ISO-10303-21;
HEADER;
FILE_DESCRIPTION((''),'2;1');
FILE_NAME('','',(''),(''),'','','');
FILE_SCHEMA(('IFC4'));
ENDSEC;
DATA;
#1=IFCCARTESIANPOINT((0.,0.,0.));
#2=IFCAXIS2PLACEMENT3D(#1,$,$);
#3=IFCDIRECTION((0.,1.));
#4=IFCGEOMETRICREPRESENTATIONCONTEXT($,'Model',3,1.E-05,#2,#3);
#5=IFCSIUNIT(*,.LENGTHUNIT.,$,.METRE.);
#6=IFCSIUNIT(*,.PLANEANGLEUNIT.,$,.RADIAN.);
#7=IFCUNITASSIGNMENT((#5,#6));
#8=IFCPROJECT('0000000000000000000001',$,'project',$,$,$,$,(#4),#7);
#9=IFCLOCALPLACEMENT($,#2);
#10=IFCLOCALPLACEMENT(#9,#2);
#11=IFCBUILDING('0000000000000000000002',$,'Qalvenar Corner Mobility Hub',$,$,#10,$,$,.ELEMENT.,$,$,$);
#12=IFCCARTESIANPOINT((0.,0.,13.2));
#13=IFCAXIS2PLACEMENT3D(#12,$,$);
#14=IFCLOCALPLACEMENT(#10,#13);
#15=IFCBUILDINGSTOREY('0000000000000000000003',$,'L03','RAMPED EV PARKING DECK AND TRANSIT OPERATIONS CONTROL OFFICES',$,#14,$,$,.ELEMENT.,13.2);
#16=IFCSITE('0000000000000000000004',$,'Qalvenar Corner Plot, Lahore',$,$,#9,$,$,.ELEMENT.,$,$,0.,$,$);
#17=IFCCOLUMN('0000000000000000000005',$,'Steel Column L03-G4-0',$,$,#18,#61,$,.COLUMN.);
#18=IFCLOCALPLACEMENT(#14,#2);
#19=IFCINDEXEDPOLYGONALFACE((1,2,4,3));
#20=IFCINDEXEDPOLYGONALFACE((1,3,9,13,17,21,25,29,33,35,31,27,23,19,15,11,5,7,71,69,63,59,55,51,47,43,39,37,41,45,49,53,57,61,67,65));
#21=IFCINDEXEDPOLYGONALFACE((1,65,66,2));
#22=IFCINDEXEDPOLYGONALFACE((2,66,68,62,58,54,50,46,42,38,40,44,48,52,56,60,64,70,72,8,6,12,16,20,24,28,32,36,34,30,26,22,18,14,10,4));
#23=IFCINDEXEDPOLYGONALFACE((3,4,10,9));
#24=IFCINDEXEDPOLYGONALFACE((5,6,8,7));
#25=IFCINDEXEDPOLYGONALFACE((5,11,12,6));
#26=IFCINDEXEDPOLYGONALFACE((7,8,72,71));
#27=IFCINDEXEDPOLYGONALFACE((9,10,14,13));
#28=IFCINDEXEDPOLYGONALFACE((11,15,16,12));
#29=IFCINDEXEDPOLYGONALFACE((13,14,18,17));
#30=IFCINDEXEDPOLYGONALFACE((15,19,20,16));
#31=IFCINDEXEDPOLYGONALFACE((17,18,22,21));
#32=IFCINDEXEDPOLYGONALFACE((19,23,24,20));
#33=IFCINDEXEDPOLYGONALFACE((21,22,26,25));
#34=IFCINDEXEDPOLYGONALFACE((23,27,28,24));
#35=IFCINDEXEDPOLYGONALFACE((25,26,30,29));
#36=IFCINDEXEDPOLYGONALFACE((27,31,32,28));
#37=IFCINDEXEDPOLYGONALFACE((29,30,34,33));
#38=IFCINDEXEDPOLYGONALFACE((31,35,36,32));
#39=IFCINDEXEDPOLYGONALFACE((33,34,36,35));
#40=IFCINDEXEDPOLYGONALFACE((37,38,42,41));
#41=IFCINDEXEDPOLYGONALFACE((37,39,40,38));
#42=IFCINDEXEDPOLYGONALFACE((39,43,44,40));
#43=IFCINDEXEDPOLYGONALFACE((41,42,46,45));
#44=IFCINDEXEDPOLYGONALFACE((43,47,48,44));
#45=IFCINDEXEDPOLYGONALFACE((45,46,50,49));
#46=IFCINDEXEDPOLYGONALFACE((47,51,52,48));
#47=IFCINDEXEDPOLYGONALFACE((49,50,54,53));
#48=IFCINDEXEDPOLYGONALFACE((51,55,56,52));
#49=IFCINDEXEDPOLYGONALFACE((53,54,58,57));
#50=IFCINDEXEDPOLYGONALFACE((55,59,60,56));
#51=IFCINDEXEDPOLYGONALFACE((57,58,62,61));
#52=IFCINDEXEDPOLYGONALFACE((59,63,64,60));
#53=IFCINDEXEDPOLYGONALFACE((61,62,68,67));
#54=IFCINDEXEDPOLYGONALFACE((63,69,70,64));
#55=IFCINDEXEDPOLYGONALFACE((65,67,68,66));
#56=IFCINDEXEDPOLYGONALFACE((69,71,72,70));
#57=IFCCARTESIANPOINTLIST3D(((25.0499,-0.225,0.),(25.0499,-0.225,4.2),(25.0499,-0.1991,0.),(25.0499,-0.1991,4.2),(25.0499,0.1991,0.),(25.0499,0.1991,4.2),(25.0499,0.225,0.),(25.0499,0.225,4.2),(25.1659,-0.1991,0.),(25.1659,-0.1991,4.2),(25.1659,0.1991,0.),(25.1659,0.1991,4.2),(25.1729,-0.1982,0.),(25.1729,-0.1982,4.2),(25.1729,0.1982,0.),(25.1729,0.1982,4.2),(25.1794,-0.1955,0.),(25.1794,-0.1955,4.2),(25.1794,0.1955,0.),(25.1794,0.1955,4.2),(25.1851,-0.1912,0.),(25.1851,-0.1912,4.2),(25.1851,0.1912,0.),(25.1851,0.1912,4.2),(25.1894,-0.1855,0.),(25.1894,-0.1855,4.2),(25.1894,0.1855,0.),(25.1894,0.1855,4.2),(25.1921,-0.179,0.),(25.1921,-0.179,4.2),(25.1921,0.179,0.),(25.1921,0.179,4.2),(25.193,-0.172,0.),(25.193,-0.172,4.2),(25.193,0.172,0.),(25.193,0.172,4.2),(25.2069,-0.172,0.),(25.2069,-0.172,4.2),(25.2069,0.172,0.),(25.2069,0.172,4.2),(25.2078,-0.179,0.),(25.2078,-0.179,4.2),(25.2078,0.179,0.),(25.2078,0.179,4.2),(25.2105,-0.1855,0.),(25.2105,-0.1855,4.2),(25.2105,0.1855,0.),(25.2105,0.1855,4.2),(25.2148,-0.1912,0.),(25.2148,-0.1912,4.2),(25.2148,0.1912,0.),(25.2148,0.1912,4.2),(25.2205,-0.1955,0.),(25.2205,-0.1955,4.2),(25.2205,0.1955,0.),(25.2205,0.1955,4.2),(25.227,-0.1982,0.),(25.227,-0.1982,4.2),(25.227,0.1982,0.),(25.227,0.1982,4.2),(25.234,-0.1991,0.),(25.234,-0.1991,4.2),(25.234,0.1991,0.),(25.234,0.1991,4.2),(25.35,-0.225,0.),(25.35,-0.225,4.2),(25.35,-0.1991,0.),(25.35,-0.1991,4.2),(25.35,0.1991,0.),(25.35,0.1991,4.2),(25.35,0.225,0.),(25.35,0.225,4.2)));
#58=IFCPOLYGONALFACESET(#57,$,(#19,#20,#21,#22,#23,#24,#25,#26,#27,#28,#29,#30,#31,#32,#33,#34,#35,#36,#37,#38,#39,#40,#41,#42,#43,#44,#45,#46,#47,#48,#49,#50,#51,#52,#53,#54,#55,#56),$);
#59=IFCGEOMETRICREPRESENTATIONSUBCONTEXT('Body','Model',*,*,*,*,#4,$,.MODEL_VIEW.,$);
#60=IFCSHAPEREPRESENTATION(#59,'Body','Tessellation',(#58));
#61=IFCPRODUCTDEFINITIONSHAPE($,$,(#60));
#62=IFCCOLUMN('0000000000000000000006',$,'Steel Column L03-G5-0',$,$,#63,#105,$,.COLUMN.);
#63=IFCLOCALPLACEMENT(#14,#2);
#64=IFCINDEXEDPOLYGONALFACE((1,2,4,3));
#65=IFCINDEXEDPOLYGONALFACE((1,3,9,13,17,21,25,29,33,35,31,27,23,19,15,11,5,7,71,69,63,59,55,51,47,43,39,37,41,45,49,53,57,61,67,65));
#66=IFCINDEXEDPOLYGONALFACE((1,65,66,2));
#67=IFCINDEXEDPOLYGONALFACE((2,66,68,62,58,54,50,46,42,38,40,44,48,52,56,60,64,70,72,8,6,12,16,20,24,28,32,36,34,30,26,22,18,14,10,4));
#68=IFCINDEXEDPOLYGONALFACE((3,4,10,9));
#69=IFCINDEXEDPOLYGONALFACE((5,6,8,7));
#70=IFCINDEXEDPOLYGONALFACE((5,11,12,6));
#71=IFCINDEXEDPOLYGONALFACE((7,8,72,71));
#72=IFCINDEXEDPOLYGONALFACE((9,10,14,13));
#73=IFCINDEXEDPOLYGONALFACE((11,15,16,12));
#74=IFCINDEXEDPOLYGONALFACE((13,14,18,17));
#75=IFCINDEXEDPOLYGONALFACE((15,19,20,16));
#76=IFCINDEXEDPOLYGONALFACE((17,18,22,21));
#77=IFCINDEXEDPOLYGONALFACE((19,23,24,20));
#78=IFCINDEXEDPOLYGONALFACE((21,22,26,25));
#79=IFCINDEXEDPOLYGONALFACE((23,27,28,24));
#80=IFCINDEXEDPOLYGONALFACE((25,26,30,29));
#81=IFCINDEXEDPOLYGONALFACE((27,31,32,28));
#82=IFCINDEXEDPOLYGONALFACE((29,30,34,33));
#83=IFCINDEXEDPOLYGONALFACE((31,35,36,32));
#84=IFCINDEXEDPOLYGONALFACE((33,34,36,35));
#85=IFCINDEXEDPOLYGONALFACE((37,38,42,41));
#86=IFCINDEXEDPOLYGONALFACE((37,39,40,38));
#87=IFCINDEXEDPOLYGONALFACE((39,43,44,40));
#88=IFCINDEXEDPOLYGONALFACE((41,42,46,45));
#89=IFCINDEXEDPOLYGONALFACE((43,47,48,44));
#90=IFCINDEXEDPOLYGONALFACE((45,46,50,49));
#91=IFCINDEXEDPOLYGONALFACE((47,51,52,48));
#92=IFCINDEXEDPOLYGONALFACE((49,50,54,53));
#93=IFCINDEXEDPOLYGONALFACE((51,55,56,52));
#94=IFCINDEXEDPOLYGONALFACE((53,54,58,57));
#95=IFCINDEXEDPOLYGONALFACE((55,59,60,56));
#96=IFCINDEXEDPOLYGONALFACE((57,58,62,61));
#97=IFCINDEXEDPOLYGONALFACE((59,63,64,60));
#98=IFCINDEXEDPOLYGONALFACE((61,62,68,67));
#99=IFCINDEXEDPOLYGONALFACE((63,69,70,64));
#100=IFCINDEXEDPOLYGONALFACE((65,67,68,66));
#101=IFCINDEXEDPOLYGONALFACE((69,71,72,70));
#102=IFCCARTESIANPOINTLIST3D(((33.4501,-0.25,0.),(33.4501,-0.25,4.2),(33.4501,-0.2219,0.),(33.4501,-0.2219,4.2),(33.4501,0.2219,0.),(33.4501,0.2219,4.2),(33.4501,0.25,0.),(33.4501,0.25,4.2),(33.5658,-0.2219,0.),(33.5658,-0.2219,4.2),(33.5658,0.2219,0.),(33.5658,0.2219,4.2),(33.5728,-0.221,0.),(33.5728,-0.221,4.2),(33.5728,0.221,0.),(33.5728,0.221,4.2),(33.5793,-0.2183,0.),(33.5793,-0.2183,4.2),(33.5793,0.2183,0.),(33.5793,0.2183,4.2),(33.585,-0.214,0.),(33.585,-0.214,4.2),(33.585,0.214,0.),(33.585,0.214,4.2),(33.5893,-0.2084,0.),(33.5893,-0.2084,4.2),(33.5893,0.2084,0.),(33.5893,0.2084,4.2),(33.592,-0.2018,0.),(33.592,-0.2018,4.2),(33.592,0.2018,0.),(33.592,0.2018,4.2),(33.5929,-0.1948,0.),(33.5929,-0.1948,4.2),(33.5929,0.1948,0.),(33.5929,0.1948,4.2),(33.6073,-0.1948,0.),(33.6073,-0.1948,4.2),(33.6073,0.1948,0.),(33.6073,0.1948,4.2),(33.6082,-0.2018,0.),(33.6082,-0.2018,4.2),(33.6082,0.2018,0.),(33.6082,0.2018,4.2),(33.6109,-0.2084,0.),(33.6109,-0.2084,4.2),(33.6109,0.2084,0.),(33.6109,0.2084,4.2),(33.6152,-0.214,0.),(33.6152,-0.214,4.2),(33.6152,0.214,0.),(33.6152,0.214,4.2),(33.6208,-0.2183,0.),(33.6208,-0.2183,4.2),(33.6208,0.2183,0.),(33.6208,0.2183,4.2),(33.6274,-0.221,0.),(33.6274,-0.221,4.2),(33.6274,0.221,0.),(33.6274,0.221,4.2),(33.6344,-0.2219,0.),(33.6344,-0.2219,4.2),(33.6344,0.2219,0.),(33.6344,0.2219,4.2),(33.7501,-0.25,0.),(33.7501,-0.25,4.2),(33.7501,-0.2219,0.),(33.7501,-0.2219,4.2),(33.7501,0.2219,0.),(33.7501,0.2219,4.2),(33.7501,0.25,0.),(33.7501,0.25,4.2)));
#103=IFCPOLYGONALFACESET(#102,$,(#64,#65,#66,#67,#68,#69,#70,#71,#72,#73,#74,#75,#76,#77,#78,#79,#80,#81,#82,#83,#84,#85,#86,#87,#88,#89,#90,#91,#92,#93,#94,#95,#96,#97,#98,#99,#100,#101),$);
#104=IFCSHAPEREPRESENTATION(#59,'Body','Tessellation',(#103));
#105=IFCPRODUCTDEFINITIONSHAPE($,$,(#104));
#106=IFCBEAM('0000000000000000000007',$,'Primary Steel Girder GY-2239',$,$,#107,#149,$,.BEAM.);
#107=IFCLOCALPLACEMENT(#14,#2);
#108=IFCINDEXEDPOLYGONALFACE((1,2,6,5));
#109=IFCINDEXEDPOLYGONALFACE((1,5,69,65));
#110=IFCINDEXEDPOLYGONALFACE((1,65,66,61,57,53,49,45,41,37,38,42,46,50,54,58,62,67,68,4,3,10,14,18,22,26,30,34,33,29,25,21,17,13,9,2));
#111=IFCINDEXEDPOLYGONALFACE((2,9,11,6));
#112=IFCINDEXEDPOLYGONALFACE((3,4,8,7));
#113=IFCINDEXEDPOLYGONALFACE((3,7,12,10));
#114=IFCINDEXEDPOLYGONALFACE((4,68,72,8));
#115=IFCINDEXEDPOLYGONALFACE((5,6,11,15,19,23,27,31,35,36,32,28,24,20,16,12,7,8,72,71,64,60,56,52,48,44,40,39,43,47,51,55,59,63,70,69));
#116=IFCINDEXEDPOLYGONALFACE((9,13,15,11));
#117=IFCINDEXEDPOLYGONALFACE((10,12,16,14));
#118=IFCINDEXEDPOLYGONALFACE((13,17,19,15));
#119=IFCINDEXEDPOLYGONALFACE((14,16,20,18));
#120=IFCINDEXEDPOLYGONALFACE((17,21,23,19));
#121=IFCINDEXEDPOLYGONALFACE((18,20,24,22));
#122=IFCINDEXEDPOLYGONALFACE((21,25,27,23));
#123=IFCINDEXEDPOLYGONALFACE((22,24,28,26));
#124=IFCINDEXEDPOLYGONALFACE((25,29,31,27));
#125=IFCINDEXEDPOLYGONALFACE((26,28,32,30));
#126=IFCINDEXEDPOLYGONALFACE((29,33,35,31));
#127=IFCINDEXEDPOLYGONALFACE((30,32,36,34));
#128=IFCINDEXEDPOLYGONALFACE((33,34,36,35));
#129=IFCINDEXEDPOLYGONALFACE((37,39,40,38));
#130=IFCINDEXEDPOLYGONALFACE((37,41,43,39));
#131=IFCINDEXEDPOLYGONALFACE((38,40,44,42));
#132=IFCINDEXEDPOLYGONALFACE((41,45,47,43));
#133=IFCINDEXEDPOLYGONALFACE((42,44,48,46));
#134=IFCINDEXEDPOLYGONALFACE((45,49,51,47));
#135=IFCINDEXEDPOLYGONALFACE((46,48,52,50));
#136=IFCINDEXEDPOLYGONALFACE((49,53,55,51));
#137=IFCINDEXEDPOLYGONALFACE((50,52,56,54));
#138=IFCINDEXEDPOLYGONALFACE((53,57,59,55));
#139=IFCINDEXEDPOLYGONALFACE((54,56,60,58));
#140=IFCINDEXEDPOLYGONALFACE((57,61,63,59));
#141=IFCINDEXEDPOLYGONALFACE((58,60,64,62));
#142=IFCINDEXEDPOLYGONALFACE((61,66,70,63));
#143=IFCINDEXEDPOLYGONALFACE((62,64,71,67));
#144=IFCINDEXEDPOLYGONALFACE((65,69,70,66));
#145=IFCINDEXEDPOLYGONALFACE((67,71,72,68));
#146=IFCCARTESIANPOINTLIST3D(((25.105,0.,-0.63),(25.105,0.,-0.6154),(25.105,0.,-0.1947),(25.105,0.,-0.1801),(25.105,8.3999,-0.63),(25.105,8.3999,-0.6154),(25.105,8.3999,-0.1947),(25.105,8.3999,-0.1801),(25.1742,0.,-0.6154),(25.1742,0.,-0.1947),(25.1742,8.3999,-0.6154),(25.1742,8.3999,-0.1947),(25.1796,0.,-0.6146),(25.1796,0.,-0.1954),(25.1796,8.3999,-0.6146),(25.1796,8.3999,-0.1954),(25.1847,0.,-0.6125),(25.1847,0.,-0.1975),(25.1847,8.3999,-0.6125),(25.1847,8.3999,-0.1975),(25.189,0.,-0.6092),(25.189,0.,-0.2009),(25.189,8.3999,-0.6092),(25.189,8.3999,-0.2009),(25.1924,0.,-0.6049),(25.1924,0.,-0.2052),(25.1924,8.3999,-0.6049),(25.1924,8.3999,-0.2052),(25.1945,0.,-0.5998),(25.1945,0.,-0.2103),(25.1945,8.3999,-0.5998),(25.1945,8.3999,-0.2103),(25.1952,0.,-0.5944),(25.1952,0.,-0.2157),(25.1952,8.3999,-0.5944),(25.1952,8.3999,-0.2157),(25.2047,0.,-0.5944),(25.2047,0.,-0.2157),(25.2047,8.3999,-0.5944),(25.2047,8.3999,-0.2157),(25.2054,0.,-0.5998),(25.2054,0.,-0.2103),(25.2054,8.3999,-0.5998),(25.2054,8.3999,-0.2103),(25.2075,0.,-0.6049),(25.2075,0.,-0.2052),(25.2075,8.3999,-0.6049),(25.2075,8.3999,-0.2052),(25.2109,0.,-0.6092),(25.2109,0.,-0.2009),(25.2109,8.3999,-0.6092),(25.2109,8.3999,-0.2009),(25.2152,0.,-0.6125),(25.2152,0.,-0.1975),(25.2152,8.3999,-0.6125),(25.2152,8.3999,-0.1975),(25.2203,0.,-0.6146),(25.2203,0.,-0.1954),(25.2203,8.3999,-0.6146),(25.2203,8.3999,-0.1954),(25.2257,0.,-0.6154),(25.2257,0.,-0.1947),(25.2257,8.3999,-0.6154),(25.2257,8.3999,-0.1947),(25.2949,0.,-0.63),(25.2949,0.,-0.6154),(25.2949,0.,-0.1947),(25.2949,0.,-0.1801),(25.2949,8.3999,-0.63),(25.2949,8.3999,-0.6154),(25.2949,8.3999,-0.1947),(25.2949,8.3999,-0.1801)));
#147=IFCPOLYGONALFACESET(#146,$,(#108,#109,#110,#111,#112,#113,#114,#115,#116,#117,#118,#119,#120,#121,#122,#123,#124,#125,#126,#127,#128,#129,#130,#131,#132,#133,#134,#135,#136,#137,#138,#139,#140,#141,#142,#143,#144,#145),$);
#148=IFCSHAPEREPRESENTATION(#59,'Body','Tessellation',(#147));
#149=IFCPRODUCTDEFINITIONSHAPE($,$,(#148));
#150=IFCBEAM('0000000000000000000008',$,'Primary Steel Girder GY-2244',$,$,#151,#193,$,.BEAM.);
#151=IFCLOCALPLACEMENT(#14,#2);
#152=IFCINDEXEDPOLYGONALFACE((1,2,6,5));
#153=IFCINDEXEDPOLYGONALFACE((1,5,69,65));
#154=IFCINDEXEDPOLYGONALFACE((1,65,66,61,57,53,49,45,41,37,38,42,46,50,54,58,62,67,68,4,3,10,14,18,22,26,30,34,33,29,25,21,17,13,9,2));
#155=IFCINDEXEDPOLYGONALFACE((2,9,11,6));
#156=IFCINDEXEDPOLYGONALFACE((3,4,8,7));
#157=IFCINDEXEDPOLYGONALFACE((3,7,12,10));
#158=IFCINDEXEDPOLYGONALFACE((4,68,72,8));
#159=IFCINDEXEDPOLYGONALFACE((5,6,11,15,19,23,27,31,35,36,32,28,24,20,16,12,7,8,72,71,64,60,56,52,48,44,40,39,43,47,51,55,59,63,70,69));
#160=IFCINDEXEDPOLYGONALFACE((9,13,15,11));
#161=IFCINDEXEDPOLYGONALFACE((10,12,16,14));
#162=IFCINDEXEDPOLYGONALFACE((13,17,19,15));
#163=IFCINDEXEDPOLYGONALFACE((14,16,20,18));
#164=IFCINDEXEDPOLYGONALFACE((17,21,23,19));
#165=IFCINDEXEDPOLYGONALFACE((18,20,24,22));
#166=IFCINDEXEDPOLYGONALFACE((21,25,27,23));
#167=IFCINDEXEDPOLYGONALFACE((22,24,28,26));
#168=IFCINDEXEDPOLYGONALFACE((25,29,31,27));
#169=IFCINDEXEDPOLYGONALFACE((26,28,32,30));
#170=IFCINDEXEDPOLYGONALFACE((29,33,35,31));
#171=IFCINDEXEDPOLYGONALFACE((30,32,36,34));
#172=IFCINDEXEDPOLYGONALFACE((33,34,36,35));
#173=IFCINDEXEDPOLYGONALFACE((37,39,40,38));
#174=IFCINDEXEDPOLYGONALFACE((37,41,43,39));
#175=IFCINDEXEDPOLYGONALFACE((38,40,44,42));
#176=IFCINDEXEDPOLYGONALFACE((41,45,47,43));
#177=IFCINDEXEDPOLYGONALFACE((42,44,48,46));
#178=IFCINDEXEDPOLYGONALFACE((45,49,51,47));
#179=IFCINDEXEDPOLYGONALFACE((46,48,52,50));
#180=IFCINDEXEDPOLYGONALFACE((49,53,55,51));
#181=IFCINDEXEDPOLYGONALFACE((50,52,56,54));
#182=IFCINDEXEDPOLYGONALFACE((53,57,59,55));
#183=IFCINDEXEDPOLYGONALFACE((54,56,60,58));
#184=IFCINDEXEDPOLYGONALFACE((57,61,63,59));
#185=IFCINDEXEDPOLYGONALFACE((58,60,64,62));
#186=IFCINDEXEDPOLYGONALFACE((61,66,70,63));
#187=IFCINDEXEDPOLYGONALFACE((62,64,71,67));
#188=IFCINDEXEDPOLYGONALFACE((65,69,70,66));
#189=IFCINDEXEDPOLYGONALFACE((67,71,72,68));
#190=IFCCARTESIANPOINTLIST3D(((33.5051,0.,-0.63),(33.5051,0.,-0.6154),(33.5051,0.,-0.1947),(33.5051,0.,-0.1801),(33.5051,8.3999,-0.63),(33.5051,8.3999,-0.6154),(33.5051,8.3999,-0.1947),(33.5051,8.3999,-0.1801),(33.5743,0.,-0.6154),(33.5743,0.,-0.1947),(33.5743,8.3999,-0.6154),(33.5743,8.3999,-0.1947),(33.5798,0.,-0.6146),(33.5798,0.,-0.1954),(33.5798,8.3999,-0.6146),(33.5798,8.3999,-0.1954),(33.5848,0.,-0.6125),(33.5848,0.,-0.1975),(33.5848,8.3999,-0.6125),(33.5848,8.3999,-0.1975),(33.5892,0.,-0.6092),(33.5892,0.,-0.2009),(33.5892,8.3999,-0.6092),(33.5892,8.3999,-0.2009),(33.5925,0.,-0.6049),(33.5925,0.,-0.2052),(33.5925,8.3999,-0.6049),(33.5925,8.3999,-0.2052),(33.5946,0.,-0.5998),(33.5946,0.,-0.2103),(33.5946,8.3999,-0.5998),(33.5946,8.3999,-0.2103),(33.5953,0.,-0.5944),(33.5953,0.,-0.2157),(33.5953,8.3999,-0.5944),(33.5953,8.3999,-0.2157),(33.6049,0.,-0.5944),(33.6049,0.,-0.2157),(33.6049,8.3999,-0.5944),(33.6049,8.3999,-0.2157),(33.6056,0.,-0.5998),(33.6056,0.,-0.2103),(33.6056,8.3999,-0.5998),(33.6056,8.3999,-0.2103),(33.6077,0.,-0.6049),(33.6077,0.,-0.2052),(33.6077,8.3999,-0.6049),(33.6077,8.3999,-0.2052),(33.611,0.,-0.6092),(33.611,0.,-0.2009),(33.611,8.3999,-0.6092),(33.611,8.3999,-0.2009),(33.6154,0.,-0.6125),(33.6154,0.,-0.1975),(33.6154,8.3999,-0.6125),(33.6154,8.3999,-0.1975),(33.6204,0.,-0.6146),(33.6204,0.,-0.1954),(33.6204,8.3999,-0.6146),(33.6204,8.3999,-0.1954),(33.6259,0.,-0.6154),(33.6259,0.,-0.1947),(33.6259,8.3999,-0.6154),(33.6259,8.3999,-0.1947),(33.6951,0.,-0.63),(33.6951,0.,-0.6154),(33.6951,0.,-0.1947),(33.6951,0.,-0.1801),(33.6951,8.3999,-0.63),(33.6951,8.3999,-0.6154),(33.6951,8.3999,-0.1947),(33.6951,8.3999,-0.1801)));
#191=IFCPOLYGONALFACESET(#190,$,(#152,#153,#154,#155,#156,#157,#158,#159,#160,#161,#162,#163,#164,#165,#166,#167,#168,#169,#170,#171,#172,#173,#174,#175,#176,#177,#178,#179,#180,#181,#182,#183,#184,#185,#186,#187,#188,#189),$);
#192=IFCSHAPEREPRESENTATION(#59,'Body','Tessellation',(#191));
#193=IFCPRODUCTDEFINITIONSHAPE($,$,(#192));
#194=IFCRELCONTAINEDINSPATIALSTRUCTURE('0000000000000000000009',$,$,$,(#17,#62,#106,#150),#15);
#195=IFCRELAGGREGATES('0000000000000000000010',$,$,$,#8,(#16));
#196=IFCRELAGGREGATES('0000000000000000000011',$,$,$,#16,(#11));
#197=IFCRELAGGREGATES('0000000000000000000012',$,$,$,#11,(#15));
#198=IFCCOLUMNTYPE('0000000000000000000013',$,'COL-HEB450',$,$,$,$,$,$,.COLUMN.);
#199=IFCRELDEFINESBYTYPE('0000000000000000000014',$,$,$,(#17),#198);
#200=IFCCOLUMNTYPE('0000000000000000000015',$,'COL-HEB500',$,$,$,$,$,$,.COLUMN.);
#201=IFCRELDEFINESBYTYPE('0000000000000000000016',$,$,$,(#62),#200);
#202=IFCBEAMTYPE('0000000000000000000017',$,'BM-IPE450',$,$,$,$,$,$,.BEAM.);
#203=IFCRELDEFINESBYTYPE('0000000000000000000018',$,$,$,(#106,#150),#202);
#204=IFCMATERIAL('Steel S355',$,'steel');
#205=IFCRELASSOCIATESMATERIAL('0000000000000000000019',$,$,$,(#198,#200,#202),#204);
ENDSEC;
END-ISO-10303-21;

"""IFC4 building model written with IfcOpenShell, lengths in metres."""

from ifc_helpers import new_model, si_unit, direction, frame, origin, origin_2d, place, context, subcontext, project, spatial, i_section, extrude, material, material_profile, profile_set, type_object, element, save


model = new_model("IFC4")

# Units and contexts
model_context = context("Model", 3, precision=1e-05, world=origin(), true_north=direction((0.0, 1.0)))
body_context = subcontext(model_context, "Body", "Model", "MODEL_VIEW")
ifc_project = project(units=[si_unit("LENGTHUNIT", "METRE"), si_unit("PLANEANGLEUNIT", "RADIAN")], contexts=[model_context])

# Site, building, storey
site_placement = place(None, origin())
site = spatial("IfcSite", under=ifc_project, at=site_placement, Name="Qalvenar Corner Plot, Lahore", CompositionType="ELEMENT", RefElevation=0.0)
building_placement = place(site_placement, origin())
building = spatial("IfcBuilding", under=site, at=building_placement, Name="Qalvenar Corner Mobility Hub", CompositionType="ELEMENT")
storey_placement = place(building_placement, frame((0.0, 0.0, 13.2)))
storey = spatial("IfcBuildingStorey", under=building, at=storey_placement, Name="L03", Description="RAMPED EV PARKING DECK AND TRANSIT OPERATIONS CONTROL OFFICES", CompositionType="ELEMENT", Elevation=13.2)

# Columns
ifc_material_1 = material(Name="Steel S355", Category="steel")
ifc_material_profile_1 = material_profile(ifc_material_1, i_section(OverallWidth=0.3, OverallDepth=0.45, WebThickness=0.0139, FlangeThickness=0.0259, FilletRadius=0.0271, at=origin_2d()), Name="HEB450")
ifc_profile_set_1 = profile_set([ifc_material_profile_1], Name="Steel S355")
column_type_1 = type_object("IfcColumnType", Name="COL-HEB450", PredefinedType="COLUMN", material=ifc_profile_set_1)
column_1_placement = place(storey_placement, frame((25.2, 0.0, 0.0), z_axis=(0.0, 0.0, 1.0), x_axis=(1.0, 0.0, 0.0)))
element("IfcColumn", 1, at=column_1_placement, inside=storey, type_object=column_type_1, Name="Steel Column L03-G4-0", PredefinedType="COLUMN", context=body_context, shape_type="SweptSolid", body=[
    extrude(i_section(OverallWidth=0.3, OverallDepth=0.45, WebThickness=0.0139, FlangeThickness=0.0259, FilletRadius=0.0271, at=origin_2d()), origin(), (0.0, 0.0, 1.0), 4.2),
])
ifc_material_profile_2 = material_profile(ifc_material_1, i_section(OverallWidth=0.3, OverallDepth=0.5, WebThickness=0.0144, FlangeThickness=0.0281, FilletRadius=0.0271, at=origin_2d()), Name="HEB500")
ifc_profile_set_2 = profile_set([ifc_material_profile_2], Name="Steel S355")
column_type_2 = type_object("IfcColumnType", Name="COL-HEB500", PredefinedType="COLUMN", material=ifc_profile_set_2)
column_2_placement = place(storey_placement, frame((33.6001, 0.0, 0.0), z_axis=(0.0, 0.0, 1.0), x_axis=(1.0, 0.0, 0.0)))
element("IfcColumn", 2, at=column_2_placement, inside=storey, type_object=column_type_2, Name="Steel Column L03-G5-0", PredefinedType="COLUMN", context=body_context, shape_type="SweptSolid", body=[
    extrude(i_section(OverallWidth=0.3, OverallDepth=0.5, WebThickness=0.0144, FlangeThickness=0.0281, FilletRadius=0.0271, at=origin_2d()), origin(), (0.0, 0.0, 1.0), 4.2),
])

# Beams
ifc_material_profile_3 = material_profile(ifc_material_1, i_section(OverallWidth=0.1899, OverallDepth=0.45, WebThickness=0.0095, FlangeThickness=0.0146, FilletRadius=0.021, at=origin_2d()), Name="IPE450")
ifc_profile_set_3 = profile_set([ifc_material_profile_3], Name="Steel S355")
beam_type_1 = type_object("IfcBeamType", Name="BM-IPE450", PredefinedType="BEAM", material=ifc_profile_set_3)
for number, where, z_axis, x_axis, name in (
    (3, (25.2, 0.0, -0.405), (0.0, 1.0, 0.0), (-1.0, 0.0, 0.0), "Primary Steel Girder GY-2239"),
    (4, (33.6001, 0.0, -0.405), (0.0, 1.0, 0.0), (-1.0, 0.0, 0.0), "Primary Steel Girder GY-2244"),
):
    element("IfcBeam", number, at=place(storey_placement, frame(where, z_axis=z_axis, x_axis=x_axis)), inside=storey, type_object=beam_type_1, Name=name, PredefinedType="BEAM", context=body_context, shape_type="SweptSolid", body=[
        extrude(i_section(OverallWidth=0.1899, OverallDepth=0.45, WebThickness=0.0095, FlangeThickness=0.0146, FilletRadius=0.021, at=origin_2d()), origin(), (0.0, 0.0, 1.0), 8.3999),
    ])

save(model, "model.ifc")
